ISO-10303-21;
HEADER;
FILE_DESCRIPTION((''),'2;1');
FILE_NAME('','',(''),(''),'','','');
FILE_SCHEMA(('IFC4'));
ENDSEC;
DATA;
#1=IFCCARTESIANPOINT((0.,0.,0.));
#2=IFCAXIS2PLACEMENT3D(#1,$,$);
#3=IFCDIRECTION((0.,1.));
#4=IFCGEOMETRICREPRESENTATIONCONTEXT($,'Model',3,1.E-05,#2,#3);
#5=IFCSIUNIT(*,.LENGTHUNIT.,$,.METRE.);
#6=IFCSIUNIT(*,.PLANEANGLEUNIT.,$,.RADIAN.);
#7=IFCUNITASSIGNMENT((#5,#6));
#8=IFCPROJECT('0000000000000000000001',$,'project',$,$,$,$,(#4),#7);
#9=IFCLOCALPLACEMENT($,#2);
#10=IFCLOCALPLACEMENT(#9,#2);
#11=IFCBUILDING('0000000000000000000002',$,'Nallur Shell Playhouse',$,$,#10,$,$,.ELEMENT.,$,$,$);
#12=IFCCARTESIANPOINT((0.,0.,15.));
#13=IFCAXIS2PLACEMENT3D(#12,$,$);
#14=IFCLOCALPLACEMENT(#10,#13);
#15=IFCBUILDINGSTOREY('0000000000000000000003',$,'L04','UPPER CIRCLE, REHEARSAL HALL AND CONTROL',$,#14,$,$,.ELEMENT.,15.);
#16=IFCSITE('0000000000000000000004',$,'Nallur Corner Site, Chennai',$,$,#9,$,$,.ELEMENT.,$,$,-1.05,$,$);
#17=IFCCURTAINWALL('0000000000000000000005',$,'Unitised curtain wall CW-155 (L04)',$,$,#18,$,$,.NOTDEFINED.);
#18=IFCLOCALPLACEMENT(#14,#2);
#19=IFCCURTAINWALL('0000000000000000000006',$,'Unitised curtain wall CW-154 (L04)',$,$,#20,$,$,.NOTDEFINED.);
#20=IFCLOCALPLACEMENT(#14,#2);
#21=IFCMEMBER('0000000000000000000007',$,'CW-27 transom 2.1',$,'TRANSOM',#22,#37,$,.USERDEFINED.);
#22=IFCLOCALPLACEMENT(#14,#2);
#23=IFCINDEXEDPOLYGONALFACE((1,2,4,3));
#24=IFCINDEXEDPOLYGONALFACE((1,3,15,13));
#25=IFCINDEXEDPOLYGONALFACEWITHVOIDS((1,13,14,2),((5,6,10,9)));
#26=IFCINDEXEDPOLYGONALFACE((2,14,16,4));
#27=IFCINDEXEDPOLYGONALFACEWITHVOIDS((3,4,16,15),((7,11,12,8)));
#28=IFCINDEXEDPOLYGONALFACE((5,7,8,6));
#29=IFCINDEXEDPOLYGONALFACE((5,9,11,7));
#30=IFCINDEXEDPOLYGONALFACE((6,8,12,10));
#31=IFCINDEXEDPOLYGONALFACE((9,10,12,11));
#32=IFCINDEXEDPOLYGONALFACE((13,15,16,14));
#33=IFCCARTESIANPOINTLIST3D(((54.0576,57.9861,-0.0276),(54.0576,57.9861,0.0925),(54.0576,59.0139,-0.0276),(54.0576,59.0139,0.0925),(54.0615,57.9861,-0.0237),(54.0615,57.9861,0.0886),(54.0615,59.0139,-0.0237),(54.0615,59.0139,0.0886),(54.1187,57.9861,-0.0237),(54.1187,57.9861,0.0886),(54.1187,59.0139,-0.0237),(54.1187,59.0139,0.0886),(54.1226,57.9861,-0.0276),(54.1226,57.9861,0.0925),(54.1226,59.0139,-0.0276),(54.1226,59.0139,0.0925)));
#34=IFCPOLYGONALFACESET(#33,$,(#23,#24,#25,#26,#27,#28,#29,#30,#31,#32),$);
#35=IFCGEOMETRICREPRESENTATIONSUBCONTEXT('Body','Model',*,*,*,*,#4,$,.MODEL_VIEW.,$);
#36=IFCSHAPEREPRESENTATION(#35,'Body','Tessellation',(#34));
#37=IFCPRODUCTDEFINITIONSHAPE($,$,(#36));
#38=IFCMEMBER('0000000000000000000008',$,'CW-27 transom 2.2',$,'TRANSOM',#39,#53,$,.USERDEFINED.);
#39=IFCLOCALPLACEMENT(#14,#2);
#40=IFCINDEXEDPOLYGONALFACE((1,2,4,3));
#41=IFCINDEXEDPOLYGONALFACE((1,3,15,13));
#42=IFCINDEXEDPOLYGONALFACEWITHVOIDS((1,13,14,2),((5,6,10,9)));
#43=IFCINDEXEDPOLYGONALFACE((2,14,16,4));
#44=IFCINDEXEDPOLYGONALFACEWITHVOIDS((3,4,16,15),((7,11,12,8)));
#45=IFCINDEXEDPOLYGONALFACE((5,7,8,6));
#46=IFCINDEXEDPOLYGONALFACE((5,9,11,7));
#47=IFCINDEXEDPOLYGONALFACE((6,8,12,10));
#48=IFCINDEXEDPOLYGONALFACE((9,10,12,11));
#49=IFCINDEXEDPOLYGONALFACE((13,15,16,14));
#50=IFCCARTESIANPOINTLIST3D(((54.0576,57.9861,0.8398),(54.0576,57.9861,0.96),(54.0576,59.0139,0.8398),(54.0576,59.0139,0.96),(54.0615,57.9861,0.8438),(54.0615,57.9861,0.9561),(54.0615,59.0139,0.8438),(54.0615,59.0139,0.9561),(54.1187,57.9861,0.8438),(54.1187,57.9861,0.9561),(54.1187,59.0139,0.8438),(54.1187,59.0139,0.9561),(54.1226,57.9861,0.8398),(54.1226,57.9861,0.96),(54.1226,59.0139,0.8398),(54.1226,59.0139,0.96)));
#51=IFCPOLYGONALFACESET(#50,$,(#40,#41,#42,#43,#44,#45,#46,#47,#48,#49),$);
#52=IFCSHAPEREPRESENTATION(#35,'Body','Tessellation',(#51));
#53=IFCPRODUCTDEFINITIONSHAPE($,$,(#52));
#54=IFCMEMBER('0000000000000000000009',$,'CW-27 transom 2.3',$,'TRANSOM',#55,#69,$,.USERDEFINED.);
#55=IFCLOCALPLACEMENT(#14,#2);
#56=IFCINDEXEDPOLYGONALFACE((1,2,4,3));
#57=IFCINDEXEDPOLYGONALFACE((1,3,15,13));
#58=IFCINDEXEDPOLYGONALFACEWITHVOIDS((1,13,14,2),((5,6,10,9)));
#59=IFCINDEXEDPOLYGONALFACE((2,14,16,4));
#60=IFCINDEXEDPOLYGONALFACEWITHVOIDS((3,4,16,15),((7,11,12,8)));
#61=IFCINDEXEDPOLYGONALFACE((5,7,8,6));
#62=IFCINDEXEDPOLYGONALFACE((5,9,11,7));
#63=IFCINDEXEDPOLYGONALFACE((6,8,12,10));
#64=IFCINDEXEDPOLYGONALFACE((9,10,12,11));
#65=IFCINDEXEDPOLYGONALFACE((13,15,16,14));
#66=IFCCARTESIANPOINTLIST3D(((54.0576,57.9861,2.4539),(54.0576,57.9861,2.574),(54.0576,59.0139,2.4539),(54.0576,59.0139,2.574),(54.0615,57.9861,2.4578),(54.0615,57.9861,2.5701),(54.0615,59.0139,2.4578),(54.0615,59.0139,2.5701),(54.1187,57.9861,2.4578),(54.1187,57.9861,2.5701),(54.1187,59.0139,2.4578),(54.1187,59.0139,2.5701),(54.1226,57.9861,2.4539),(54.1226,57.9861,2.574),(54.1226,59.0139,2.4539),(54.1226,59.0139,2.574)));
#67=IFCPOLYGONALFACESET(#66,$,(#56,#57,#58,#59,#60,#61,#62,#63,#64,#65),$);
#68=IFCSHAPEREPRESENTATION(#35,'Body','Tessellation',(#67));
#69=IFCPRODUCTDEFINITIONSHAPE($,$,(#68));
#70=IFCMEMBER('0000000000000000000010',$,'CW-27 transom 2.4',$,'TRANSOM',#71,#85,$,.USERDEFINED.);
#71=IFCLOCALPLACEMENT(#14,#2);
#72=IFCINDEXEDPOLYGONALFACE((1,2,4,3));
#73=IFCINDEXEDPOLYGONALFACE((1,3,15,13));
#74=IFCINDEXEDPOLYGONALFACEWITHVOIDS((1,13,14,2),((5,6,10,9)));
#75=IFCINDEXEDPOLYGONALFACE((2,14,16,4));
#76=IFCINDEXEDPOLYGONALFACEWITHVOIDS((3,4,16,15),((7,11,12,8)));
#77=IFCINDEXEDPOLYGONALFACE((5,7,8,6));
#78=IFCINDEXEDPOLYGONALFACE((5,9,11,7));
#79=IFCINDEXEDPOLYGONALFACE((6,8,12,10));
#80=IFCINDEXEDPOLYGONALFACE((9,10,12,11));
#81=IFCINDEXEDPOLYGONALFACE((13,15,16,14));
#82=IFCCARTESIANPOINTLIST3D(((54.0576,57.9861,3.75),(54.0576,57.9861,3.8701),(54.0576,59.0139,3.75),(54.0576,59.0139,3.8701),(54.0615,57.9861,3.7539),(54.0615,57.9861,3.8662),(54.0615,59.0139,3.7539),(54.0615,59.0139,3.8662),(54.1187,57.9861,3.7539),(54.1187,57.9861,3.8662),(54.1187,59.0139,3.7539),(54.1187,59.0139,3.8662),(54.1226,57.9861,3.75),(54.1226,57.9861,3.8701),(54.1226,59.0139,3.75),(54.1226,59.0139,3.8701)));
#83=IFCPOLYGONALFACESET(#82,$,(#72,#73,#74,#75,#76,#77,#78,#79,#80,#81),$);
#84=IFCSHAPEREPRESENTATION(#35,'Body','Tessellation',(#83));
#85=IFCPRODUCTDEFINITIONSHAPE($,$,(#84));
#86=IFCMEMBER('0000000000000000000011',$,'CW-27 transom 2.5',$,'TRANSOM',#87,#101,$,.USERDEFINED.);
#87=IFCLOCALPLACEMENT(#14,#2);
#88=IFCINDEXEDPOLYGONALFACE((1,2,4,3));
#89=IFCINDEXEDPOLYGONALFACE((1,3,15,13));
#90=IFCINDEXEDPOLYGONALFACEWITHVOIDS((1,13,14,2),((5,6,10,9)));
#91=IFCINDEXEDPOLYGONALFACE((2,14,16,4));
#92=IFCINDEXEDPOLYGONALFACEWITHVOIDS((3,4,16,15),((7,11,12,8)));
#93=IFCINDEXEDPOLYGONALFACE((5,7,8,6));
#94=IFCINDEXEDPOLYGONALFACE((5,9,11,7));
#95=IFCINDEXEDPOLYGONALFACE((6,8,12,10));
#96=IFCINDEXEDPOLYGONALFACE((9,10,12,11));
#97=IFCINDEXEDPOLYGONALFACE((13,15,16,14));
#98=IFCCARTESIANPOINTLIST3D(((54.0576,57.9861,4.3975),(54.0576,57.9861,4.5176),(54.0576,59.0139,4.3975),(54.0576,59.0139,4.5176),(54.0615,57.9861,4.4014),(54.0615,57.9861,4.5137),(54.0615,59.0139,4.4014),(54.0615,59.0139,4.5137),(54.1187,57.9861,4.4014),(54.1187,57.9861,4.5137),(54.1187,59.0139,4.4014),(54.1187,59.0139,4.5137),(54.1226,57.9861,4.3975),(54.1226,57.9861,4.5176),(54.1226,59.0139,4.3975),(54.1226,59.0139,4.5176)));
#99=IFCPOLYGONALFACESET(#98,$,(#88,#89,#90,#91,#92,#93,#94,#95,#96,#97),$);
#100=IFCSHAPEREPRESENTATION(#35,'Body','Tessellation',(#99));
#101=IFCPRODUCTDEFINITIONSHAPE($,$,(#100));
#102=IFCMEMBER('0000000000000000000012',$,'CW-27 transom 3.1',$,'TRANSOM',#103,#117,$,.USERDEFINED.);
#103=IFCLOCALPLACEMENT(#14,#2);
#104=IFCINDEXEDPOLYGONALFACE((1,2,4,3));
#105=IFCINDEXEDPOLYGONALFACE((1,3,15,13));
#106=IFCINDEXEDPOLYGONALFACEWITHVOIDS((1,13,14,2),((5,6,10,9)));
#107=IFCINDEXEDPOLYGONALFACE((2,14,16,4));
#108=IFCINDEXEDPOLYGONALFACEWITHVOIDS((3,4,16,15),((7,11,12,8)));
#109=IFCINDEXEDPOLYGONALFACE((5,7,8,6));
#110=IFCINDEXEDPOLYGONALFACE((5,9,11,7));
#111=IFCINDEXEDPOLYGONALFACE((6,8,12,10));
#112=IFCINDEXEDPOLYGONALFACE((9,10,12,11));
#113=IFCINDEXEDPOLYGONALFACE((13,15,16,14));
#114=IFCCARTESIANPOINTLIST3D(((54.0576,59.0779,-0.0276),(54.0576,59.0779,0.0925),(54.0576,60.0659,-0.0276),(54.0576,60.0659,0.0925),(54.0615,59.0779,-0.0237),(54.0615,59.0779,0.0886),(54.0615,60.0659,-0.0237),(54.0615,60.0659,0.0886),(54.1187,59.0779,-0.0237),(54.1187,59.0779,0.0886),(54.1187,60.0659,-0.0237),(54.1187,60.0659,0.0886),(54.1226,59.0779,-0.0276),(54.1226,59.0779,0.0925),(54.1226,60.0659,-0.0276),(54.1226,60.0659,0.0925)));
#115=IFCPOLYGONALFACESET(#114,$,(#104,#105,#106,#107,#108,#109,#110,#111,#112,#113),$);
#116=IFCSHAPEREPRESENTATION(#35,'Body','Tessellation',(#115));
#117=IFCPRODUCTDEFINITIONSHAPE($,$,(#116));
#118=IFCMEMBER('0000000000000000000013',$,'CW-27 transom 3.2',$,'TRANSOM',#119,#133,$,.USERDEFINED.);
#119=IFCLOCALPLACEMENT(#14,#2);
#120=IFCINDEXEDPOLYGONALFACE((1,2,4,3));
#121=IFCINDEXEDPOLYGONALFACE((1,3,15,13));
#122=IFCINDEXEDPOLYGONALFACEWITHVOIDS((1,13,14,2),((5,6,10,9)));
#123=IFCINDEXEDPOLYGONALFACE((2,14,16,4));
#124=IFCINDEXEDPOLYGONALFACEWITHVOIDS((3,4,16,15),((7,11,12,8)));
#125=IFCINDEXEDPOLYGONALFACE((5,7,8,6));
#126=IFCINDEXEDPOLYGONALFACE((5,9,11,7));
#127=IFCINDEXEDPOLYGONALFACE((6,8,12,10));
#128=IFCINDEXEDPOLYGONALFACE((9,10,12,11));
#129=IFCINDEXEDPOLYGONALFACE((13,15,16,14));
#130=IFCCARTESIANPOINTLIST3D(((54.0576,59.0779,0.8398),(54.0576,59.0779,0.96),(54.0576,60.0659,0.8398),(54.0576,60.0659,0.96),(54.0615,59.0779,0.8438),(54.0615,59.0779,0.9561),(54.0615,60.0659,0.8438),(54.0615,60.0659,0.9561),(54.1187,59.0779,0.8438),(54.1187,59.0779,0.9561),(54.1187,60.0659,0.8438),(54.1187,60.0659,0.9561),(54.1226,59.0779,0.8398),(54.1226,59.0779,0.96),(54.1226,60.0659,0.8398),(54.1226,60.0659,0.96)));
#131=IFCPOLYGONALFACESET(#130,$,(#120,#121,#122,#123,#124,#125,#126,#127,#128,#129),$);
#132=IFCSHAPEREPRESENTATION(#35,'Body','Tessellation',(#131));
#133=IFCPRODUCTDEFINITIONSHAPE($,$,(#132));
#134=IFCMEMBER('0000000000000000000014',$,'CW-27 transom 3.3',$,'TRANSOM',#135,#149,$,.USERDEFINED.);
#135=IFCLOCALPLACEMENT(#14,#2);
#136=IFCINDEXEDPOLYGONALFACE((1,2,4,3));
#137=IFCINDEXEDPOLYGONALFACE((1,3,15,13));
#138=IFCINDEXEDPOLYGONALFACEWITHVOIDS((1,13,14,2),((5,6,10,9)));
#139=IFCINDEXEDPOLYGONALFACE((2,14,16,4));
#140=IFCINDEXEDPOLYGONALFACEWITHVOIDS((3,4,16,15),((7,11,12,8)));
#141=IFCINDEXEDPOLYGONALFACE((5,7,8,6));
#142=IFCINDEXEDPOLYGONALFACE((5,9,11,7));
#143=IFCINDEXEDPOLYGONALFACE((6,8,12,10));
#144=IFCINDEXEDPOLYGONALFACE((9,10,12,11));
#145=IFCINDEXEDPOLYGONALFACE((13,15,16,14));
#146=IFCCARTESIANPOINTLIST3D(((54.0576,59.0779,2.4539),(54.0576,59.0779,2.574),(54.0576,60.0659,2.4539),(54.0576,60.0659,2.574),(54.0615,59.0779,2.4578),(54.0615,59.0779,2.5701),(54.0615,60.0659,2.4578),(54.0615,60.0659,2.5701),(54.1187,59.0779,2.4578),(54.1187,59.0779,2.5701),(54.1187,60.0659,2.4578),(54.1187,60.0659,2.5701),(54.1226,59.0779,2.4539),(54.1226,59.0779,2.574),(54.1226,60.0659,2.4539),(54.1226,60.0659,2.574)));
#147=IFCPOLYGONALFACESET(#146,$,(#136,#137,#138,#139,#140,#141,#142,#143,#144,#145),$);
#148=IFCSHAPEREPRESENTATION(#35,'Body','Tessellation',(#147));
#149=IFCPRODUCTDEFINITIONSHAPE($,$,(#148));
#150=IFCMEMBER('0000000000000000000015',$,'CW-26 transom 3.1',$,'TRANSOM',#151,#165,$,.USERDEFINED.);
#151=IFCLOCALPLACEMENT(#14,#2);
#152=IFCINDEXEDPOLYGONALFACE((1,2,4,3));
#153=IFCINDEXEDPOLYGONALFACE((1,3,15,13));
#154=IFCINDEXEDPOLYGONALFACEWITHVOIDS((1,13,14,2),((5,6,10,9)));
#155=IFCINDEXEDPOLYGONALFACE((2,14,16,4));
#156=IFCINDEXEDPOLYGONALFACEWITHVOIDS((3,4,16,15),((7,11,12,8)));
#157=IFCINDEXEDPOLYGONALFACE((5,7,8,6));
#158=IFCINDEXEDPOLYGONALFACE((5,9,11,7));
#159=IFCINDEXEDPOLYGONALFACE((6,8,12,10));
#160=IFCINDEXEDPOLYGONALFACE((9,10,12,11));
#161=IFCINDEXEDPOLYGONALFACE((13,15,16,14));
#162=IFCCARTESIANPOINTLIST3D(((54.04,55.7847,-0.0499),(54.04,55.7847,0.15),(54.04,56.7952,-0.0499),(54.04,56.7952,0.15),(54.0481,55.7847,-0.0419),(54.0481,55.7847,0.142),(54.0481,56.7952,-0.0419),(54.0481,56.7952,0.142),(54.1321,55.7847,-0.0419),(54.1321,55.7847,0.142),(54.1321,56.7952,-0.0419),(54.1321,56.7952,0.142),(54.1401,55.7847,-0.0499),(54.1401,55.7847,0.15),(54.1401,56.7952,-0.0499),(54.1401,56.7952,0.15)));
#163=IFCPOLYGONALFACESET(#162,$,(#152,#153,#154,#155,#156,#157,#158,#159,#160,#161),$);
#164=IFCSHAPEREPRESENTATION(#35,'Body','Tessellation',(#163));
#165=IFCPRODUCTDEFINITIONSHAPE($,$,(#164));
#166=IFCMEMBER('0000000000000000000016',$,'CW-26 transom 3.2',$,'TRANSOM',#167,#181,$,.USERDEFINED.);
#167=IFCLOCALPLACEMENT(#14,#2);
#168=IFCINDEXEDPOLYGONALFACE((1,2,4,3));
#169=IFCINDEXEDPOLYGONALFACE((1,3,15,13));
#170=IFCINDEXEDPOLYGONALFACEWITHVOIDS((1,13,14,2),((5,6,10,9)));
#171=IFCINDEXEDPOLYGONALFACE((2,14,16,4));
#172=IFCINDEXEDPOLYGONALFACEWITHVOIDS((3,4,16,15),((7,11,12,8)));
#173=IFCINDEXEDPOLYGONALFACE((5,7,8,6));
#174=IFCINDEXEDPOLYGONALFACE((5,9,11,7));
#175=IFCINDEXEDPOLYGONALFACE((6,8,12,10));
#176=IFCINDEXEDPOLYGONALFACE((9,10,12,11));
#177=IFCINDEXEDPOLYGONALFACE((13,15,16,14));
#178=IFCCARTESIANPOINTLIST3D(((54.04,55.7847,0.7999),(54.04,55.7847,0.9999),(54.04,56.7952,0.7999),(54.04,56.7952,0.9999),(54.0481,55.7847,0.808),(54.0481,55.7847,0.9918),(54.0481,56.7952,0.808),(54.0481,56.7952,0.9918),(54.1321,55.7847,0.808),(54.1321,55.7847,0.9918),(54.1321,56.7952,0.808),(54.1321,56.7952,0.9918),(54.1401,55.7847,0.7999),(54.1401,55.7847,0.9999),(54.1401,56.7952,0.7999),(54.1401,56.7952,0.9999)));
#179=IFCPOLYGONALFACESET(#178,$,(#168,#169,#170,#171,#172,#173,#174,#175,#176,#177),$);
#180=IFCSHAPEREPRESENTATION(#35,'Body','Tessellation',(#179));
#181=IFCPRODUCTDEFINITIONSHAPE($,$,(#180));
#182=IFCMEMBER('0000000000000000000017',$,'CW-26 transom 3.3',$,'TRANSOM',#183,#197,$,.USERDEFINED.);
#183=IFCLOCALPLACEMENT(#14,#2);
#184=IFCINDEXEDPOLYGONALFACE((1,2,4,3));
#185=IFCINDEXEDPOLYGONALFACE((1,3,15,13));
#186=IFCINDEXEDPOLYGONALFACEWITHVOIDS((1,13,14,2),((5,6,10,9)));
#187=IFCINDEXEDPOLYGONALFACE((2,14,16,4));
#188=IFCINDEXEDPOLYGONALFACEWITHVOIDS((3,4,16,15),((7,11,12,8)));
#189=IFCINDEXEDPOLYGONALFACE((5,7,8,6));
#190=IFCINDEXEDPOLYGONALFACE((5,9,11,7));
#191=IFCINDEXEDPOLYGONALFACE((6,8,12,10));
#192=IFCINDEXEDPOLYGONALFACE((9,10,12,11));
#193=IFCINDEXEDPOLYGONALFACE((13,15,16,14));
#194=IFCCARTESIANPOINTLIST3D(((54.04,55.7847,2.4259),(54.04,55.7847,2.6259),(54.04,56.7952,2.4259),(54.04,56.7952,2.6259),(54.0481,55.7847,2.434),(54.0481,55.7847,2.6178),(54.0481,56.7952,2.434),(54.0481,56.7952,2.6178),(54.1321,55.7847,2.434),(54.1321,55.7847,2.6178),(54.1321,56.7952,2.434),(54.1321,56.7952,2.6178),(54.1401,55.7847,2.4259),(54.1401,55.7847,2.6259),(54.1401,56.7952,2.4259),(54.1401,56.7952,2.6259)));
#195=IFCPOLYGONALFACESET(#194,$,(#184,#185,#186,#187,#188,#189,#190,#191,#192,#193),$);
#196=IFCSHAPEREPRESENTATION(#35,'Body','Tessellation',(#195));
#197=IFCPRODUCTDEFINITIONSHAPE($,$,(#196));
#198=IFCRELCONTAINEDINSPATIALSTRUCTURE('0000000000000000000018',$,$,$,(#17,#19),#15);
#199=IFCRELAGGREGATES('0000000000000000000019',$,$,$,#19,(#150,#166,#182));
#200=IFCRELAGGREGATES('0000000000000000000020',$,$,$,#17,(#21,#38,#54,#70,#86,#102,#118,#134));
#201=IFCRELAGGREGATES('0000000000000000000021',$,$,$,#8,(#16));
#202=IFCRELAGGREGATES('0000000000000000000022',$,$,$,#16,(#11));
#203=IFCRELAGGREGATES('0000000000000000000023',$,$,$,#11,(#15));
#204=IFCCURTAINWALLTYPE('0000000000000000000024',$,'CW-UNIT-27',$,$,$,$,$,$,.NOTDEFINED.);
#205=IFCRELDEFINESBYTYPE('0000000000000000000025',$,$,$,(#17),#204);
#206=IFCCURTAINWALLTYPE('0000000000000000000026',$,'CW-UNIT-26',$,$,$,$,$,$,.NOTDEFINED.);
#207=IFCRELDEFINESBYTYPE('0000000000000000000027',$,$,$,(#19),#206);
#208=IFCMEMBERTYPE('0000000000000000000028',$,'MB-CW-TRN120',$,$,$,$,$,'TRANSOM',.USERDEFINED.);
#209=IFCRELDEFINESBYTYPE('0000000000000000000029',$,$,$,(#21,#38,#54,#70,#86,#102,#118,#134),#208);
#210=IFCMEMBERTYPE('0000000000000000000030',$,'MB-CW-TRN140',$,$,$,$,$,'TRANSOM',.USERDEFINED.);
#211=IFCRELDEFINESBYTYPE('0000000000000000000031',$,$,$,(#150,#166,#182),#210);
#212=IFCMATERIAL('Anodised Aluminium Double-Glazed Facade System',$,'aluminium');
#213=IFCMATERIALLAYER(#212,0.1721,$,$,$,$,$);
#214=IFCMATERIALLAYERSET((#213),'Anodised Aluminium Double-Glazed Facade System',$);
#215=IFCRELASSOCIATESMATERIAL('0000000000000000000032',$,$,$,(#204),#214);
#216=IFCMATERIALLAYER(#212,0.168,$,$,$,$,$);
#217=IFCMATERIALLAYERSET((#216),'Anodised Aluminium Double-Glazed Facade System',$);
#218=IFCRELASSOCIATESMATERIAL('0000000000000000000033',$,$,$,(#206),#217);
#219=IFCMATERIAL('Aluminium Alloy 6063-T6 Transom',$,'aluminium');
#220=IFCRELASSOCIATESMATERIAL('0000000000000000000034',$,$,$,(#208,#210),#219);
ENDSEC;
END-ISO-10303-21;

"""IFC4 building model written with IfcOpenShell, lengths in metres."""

from ifc_helpers import new_model, si_unit, direction, frame, origin, origin_2d, place, context, subcontext, project, spatial, hollow_rectangle, extrude, material, layer, layer_set, material_profile, profile_set, type_object, element, aggregate, save


model = new_model("IFC4")

# Units and contexts
model_context = context("Model", 3, precision=1e-05, world=origin(), true_north=direction((0.0, 1.0)))
body_context = subcontext(model_context, "Body", "Model", "MODEL_VIEW")
ifc_project = project(units=[si_unit("LENGTHUNIT", "METRE"), si_unit("PLANEANGLEUNIT", "RADIAN")], contexts=[model_context])

# Site, building, storey
site_placement = place(None, origin())
site = spatial("IfcSite", under=ifc_project, at=site_placement, Name="Nallur Corner Site, Chennai", CompositionType="ELEMENT", RefElevation=-1.05)
building_placement = place(site_placement, origin())
building = spatial("IfcBuilding", under=site, at=building_placement, Name="Nallur Shell Playhouse", CompositionType="ELEMENT")
storey_placement = place(building_placement, frame((0.0, 0.0, 15.0)))
storey = spatial("IfcBuildingStorey", under=building, at=storey_placement, Name="L04", Description="UPPER CIRCLE, REHEARSAL HALL AND CONTROL", CompositionType="ELEMENT", Elevation=15.0)

# Curtain walls
ifc_material_1 = material(Name="Anodised Aluminium Double-Glazed Facade System", Category="aluminium")
ifc_layer_1 = layer(ifc_material_1, 0.1721)
ifc_layer_set_1 = layer_set([ifc_layer_1], Name="Anodised Aluminium Double-Glazed Facade System")
curtain_wall_type_1 = type_object("IfcCurtainWallType", Name="CW-UNIT-27", PredefinedType="NOTDEFINED", material=ifc_layer_set_1)
curtain_wall_1_placement = place(storey_placement, origin())
curtain_wall_1 = element("IfcCurtainWall", 1, at=curtain_wall_1_placement, inside=storey, type_object=curtain_wall_type_1, Name="Unitised curtain wall CW-155 (L04)", PredefinedType="NOTDEFINED")
ifc_layer_2 = layer(ifc_material_1, 0.168)
ifc_layer_set_2 = layer_set([ifc_layer_2], Name="Anodised Aluminium Double-Glazed Facade System")
curtain_wall_type_2 = type_object("IfcCurtainWallType", Name="CW-UNIT-26", PredefinedType="NOTDEFINED", material=ifc_layer_set_2)
curtain_wall_2_placement = place(storey_placement, origin())
curtain_wall_2 = element("IfcCurtainWall", 2, at=curtain_wall_2_placement, inside=storey, type_object=curtain_wall_type_2, Name="Unitised curtain wall CW-154 (L04)", PredefinedType="NOTDEFINED")

# Members
ifc_material_2 = material(Name="Aluminium Alloy 6063-T6 Transom", Category="aluminium")
ifc_material_profile_1 = material_profile(ifc_material_2, hollow_rectangle(XDim=0.0649, YDim=0.1201, WallThickness=0.0039, at=origin_2d()), Name="ALU 65x120x4")
ifc_profile_set_1 = profile_set([ifc_material_profile_1], Name="Aluminium Alloy 6063-T6 Transom")
member_type_1 = type_object("IfcMemberType", Name="MB-CW-TRN120", ElementType="TRANSOM", PredefinedType="USERDEFINED", material=ifc_profile_set_1)
member_1_placement = place(storey_placement, frame((54.0901, 57.9861, 0.0325), z_axis=(0.0, 1.0, 0.0), x_axis=(-1.0, 0.0, 0.0)))
member_1 = element("IfcMember", 3, at=member_1_placement, type_object=member_type_1, Name="CW-27 transom 2.1", ObjectType="TRANSOM", PredefinedType="USERDEFINED", context=body_context, shape_type="SweptSolid", body=[
    extrude(hollow_rectangle(XDim=0.0649, YDim=0.1201, WallThickness=0.0039, at=origin_2d()), origin(), (0.0, 0.0, 1.0), 1.0278),
])
member_2_placement = place(storey_placement, frame((54.0901, 57.9861, 0.8999), z_axis=(0.0, 1.0, 0.0), x_axis=(-1.0, 0.0, 0.0)))
member_2 = element("IfcMember", 4, at=member_2_placement, type_object=member_type_1, Name="CW-27 transom 2.2", ObjectType="TRANSOM", PredefinedType="USERDEFINED", context=body_context, shape_type="SweptSolid", body=[
    extrude(hollow_rectangle(XDim=0.0649, YDim=0.1201, WallThickness=0.0039, at=origin_2d()), origin(), (0.0, 0.0, 1.0), 1.0278),
])
member_3_placement = place(storey_placement, frame((54.0901, 57.9861, 2.5139), z_axis=(0.0, 1.0, 0.0), x_axis=(-1.0, 0.0, 0.0)))
member_3 = element("IfcMember", 5, at=member_3_placement, type_object=member_type_1, Name="CW-27 transom 2.3", ObjectType="TRANSOM", PredefinedType="USERDEFINED", context=body_context, shape_type="SweptSolid", body=[
    extrude(hollow_rectangle(XDim=0.0649, YDim=0.1201, WallThickness=0.0039, at=origin_2d()), origin(), (0.0, 0.0, 1.0), 1.0278),
])
member_4_placement = place(storey_placement, frame((54.0901, 57.9861, 3.8101), z_axis=(0.0, 1.0, 0.0), x_axis=(-1.0, 0.0, 0.0)))
member_4 = element("IfcMember", 6, at=member_4_placement, type_object=member_type_1, Name="CW-27 transom 2.4", ObjectType="TRANSOM", PredefinedType="USERDEFINED", context=body_context, shape_type="SweptSolid", body=[
    extrude(hollow_rectangle(XDim=0.0649, YDim=0.1201, WallThickness=0.0039, at=origin_2d()), origin(), (0.0, 0.0, 1.0), 1.0278),
])
member_5_placement = place(storey_placement, frame((54.0901, 57.9861, 4.4575), z_axis=(0.0, 1.0, 0.0), x_axis=(-1.0, 0.0, 0.0)))
member_5 = element("IfcMember", 7, at=member_5_placement, type_object=member_type_1, Name="CW-27 transom 2.5", ObjectType="TRANSOM", PredefinedType="USERDEFINED", context=body_context, shape_type="SweptSolid", body=[
    extrude(hollow_rectangle(XDim=0.0649, YDim=0.1201, WallThickness=0.0039, at=origin_2d()), origin(), (0.0, 0.0, 1.0), 1.0278),
])
member_6_placement = place(storey_placement, frame((54.0901, 59.0779, 0.0325), z_axis=(0.0, 1.0, 0.0), x_axis=(-1.0, 0.0, 0.0)))
member_6 = element("IfcMember", 8, at=member_6_placement, type_object=member_type_1, Name="CW-27 transom 3.1", ObjectType="TRANSOM", PredefinedType="USERDEFINED", context=body_context, shape_type="SweptSolid", body=[
    extrude(hollow_rectangle(XDim=0.0649, YDim=0.1201, WallThickness=0.0039, at=origin_2d()), origin(), (0.0, 0.0, 1.0), 0.988),
])
member_7_placement = place(storey_placement, frame((54.0901, 59.0779, 0.8999), z_axis=(0.0, 1.0, 0.0), x_axis=(-1.0, 0.0, 0.0)))
member_7 = element("IfcMember", 9, at=member_7_placement, type_object=member_type_1, Name="CW-27 transom 3.2", ObjectType="TRANSOM", PredefinedType="USERDEFINED", context=body_context, shape_type="SweptSolid", body=[
    extrude(hollow_rectangle(XDim=0.0649, YDim=0.1201, WallThickness=0.0039, at=origin_2d()), origin(), (0.0, 0.0, 1.0), 0.988),
])
member_8_placement = place(storey_placement, frame((54.0901, 59.0779, 2.5139), z_axis=(0.0, 1.0, 0.0), x_axis=(-1.0, 0.0, 0.0)))
member_8 = element("IfcMember", 10, at=member_8_placement, type_object=member_type_1, Name="CW-27 transom 3.3", ObjectType="TRANSOM", PredefinedType="USERDEFINED", context=body_context, shape_type="SweptSolid", body=[
    extrude(hollow_rectangle(XDim=0.0649, YDim=0.1201, WallThickness=0.0039, at=origin_2d()), origin(), (0.0, 0.0, 1.0), 0.988),
])
ifc_material_profile_2 = material_profile(ifc_material_2, hollow_rectangle(XDim=0.1001, YDim=0.2, WallThickness=0.0081, at=origin_2d()), Name="RHS 200x100x8")
ifc_profile_set_2 = profile_set([ifc_material_profile_2], Name="Aluminium Alloy 6063-T6 Transom")
member_type_2 = type_object("IfcMemberType", Name="MB-CW-TRN140", ElementType="TRANSOM", PredefinedType="USERDEFINED", material=ifc_profile_set_2)
member_9_placement = place(storey_placement, frame((54.0901, 55.7847, 0.05), z_axis=(0.0, 1.0, 0.0), x_axis=(-1.0, 0.0, 0.0)))
member_9 = element("IfcMember", 11, at=member_9_placement, type_object=member_type_2, Name="CW-26 transom 3.1", ObjectType="TRANSOM", PredefinedType="USERDEFINED", context=body_context, shape_type="SweptSolid", body=[
    extrude(hollow_rectangle(XDim=0.1001, YDim=0.2, WallThickness=0.0081, at=origin_2d()), origin(), (0.0, 0.0, 1.0), 1.0105),
])
member_10_placement = place(storey_placement, frame((54.0901, 55.7847, 0.8999), z_axis=(0.0, 1.0, 0.0), x_axis=(-1.0, 0.0, 0.0)))
member_10 = element("IfcMember", 12, at=member_10_placement, type_object=member_type_2, Name="CW-26 transom 3.2", ObjectType="TRANSOM", PredefinedType="USERDEFINED", context=body_context, shape_type="SweptSolid", body=[
    extrude(hollow_rectangle(XDim=0.1001, YDim=0.2, WallThickness=0.0081, at=origin_2d()), origin(), (0.0, 0.0, 1.0), 1.0105),
])
member_11_placement = place(storey_placement, frame((54.0901, 55.7847, 2.5259), z_axis=(0.0, 1.0, 0.0), x_axis=(-1.0, 0.0, 0.0)))
member_11 = element("IfcMember", 13, at=member_11_placement, type_object=member_type_2, Name="CW-26 transom 3.3", ObjectType="TRANSOM", PredefinedType="USERDEFINED", context=body_context, shape_type="SweptSolid", body=[
    extrude(hollow_rectangle(XDim=0.1001, YDim=0.2, WallThickness=0.0081, at=origin_2d()), origin(), (0.0, 0.0, 1.0), 1.0105),
])

aggregate(curtain_wall_2, [member_9, member_10, member_11])
aggregate(curtain_wall_1, [member_1, member_2, member_3, member_4, member_5, member_6, member_7, member_8])

save(model, "model.ifc")
